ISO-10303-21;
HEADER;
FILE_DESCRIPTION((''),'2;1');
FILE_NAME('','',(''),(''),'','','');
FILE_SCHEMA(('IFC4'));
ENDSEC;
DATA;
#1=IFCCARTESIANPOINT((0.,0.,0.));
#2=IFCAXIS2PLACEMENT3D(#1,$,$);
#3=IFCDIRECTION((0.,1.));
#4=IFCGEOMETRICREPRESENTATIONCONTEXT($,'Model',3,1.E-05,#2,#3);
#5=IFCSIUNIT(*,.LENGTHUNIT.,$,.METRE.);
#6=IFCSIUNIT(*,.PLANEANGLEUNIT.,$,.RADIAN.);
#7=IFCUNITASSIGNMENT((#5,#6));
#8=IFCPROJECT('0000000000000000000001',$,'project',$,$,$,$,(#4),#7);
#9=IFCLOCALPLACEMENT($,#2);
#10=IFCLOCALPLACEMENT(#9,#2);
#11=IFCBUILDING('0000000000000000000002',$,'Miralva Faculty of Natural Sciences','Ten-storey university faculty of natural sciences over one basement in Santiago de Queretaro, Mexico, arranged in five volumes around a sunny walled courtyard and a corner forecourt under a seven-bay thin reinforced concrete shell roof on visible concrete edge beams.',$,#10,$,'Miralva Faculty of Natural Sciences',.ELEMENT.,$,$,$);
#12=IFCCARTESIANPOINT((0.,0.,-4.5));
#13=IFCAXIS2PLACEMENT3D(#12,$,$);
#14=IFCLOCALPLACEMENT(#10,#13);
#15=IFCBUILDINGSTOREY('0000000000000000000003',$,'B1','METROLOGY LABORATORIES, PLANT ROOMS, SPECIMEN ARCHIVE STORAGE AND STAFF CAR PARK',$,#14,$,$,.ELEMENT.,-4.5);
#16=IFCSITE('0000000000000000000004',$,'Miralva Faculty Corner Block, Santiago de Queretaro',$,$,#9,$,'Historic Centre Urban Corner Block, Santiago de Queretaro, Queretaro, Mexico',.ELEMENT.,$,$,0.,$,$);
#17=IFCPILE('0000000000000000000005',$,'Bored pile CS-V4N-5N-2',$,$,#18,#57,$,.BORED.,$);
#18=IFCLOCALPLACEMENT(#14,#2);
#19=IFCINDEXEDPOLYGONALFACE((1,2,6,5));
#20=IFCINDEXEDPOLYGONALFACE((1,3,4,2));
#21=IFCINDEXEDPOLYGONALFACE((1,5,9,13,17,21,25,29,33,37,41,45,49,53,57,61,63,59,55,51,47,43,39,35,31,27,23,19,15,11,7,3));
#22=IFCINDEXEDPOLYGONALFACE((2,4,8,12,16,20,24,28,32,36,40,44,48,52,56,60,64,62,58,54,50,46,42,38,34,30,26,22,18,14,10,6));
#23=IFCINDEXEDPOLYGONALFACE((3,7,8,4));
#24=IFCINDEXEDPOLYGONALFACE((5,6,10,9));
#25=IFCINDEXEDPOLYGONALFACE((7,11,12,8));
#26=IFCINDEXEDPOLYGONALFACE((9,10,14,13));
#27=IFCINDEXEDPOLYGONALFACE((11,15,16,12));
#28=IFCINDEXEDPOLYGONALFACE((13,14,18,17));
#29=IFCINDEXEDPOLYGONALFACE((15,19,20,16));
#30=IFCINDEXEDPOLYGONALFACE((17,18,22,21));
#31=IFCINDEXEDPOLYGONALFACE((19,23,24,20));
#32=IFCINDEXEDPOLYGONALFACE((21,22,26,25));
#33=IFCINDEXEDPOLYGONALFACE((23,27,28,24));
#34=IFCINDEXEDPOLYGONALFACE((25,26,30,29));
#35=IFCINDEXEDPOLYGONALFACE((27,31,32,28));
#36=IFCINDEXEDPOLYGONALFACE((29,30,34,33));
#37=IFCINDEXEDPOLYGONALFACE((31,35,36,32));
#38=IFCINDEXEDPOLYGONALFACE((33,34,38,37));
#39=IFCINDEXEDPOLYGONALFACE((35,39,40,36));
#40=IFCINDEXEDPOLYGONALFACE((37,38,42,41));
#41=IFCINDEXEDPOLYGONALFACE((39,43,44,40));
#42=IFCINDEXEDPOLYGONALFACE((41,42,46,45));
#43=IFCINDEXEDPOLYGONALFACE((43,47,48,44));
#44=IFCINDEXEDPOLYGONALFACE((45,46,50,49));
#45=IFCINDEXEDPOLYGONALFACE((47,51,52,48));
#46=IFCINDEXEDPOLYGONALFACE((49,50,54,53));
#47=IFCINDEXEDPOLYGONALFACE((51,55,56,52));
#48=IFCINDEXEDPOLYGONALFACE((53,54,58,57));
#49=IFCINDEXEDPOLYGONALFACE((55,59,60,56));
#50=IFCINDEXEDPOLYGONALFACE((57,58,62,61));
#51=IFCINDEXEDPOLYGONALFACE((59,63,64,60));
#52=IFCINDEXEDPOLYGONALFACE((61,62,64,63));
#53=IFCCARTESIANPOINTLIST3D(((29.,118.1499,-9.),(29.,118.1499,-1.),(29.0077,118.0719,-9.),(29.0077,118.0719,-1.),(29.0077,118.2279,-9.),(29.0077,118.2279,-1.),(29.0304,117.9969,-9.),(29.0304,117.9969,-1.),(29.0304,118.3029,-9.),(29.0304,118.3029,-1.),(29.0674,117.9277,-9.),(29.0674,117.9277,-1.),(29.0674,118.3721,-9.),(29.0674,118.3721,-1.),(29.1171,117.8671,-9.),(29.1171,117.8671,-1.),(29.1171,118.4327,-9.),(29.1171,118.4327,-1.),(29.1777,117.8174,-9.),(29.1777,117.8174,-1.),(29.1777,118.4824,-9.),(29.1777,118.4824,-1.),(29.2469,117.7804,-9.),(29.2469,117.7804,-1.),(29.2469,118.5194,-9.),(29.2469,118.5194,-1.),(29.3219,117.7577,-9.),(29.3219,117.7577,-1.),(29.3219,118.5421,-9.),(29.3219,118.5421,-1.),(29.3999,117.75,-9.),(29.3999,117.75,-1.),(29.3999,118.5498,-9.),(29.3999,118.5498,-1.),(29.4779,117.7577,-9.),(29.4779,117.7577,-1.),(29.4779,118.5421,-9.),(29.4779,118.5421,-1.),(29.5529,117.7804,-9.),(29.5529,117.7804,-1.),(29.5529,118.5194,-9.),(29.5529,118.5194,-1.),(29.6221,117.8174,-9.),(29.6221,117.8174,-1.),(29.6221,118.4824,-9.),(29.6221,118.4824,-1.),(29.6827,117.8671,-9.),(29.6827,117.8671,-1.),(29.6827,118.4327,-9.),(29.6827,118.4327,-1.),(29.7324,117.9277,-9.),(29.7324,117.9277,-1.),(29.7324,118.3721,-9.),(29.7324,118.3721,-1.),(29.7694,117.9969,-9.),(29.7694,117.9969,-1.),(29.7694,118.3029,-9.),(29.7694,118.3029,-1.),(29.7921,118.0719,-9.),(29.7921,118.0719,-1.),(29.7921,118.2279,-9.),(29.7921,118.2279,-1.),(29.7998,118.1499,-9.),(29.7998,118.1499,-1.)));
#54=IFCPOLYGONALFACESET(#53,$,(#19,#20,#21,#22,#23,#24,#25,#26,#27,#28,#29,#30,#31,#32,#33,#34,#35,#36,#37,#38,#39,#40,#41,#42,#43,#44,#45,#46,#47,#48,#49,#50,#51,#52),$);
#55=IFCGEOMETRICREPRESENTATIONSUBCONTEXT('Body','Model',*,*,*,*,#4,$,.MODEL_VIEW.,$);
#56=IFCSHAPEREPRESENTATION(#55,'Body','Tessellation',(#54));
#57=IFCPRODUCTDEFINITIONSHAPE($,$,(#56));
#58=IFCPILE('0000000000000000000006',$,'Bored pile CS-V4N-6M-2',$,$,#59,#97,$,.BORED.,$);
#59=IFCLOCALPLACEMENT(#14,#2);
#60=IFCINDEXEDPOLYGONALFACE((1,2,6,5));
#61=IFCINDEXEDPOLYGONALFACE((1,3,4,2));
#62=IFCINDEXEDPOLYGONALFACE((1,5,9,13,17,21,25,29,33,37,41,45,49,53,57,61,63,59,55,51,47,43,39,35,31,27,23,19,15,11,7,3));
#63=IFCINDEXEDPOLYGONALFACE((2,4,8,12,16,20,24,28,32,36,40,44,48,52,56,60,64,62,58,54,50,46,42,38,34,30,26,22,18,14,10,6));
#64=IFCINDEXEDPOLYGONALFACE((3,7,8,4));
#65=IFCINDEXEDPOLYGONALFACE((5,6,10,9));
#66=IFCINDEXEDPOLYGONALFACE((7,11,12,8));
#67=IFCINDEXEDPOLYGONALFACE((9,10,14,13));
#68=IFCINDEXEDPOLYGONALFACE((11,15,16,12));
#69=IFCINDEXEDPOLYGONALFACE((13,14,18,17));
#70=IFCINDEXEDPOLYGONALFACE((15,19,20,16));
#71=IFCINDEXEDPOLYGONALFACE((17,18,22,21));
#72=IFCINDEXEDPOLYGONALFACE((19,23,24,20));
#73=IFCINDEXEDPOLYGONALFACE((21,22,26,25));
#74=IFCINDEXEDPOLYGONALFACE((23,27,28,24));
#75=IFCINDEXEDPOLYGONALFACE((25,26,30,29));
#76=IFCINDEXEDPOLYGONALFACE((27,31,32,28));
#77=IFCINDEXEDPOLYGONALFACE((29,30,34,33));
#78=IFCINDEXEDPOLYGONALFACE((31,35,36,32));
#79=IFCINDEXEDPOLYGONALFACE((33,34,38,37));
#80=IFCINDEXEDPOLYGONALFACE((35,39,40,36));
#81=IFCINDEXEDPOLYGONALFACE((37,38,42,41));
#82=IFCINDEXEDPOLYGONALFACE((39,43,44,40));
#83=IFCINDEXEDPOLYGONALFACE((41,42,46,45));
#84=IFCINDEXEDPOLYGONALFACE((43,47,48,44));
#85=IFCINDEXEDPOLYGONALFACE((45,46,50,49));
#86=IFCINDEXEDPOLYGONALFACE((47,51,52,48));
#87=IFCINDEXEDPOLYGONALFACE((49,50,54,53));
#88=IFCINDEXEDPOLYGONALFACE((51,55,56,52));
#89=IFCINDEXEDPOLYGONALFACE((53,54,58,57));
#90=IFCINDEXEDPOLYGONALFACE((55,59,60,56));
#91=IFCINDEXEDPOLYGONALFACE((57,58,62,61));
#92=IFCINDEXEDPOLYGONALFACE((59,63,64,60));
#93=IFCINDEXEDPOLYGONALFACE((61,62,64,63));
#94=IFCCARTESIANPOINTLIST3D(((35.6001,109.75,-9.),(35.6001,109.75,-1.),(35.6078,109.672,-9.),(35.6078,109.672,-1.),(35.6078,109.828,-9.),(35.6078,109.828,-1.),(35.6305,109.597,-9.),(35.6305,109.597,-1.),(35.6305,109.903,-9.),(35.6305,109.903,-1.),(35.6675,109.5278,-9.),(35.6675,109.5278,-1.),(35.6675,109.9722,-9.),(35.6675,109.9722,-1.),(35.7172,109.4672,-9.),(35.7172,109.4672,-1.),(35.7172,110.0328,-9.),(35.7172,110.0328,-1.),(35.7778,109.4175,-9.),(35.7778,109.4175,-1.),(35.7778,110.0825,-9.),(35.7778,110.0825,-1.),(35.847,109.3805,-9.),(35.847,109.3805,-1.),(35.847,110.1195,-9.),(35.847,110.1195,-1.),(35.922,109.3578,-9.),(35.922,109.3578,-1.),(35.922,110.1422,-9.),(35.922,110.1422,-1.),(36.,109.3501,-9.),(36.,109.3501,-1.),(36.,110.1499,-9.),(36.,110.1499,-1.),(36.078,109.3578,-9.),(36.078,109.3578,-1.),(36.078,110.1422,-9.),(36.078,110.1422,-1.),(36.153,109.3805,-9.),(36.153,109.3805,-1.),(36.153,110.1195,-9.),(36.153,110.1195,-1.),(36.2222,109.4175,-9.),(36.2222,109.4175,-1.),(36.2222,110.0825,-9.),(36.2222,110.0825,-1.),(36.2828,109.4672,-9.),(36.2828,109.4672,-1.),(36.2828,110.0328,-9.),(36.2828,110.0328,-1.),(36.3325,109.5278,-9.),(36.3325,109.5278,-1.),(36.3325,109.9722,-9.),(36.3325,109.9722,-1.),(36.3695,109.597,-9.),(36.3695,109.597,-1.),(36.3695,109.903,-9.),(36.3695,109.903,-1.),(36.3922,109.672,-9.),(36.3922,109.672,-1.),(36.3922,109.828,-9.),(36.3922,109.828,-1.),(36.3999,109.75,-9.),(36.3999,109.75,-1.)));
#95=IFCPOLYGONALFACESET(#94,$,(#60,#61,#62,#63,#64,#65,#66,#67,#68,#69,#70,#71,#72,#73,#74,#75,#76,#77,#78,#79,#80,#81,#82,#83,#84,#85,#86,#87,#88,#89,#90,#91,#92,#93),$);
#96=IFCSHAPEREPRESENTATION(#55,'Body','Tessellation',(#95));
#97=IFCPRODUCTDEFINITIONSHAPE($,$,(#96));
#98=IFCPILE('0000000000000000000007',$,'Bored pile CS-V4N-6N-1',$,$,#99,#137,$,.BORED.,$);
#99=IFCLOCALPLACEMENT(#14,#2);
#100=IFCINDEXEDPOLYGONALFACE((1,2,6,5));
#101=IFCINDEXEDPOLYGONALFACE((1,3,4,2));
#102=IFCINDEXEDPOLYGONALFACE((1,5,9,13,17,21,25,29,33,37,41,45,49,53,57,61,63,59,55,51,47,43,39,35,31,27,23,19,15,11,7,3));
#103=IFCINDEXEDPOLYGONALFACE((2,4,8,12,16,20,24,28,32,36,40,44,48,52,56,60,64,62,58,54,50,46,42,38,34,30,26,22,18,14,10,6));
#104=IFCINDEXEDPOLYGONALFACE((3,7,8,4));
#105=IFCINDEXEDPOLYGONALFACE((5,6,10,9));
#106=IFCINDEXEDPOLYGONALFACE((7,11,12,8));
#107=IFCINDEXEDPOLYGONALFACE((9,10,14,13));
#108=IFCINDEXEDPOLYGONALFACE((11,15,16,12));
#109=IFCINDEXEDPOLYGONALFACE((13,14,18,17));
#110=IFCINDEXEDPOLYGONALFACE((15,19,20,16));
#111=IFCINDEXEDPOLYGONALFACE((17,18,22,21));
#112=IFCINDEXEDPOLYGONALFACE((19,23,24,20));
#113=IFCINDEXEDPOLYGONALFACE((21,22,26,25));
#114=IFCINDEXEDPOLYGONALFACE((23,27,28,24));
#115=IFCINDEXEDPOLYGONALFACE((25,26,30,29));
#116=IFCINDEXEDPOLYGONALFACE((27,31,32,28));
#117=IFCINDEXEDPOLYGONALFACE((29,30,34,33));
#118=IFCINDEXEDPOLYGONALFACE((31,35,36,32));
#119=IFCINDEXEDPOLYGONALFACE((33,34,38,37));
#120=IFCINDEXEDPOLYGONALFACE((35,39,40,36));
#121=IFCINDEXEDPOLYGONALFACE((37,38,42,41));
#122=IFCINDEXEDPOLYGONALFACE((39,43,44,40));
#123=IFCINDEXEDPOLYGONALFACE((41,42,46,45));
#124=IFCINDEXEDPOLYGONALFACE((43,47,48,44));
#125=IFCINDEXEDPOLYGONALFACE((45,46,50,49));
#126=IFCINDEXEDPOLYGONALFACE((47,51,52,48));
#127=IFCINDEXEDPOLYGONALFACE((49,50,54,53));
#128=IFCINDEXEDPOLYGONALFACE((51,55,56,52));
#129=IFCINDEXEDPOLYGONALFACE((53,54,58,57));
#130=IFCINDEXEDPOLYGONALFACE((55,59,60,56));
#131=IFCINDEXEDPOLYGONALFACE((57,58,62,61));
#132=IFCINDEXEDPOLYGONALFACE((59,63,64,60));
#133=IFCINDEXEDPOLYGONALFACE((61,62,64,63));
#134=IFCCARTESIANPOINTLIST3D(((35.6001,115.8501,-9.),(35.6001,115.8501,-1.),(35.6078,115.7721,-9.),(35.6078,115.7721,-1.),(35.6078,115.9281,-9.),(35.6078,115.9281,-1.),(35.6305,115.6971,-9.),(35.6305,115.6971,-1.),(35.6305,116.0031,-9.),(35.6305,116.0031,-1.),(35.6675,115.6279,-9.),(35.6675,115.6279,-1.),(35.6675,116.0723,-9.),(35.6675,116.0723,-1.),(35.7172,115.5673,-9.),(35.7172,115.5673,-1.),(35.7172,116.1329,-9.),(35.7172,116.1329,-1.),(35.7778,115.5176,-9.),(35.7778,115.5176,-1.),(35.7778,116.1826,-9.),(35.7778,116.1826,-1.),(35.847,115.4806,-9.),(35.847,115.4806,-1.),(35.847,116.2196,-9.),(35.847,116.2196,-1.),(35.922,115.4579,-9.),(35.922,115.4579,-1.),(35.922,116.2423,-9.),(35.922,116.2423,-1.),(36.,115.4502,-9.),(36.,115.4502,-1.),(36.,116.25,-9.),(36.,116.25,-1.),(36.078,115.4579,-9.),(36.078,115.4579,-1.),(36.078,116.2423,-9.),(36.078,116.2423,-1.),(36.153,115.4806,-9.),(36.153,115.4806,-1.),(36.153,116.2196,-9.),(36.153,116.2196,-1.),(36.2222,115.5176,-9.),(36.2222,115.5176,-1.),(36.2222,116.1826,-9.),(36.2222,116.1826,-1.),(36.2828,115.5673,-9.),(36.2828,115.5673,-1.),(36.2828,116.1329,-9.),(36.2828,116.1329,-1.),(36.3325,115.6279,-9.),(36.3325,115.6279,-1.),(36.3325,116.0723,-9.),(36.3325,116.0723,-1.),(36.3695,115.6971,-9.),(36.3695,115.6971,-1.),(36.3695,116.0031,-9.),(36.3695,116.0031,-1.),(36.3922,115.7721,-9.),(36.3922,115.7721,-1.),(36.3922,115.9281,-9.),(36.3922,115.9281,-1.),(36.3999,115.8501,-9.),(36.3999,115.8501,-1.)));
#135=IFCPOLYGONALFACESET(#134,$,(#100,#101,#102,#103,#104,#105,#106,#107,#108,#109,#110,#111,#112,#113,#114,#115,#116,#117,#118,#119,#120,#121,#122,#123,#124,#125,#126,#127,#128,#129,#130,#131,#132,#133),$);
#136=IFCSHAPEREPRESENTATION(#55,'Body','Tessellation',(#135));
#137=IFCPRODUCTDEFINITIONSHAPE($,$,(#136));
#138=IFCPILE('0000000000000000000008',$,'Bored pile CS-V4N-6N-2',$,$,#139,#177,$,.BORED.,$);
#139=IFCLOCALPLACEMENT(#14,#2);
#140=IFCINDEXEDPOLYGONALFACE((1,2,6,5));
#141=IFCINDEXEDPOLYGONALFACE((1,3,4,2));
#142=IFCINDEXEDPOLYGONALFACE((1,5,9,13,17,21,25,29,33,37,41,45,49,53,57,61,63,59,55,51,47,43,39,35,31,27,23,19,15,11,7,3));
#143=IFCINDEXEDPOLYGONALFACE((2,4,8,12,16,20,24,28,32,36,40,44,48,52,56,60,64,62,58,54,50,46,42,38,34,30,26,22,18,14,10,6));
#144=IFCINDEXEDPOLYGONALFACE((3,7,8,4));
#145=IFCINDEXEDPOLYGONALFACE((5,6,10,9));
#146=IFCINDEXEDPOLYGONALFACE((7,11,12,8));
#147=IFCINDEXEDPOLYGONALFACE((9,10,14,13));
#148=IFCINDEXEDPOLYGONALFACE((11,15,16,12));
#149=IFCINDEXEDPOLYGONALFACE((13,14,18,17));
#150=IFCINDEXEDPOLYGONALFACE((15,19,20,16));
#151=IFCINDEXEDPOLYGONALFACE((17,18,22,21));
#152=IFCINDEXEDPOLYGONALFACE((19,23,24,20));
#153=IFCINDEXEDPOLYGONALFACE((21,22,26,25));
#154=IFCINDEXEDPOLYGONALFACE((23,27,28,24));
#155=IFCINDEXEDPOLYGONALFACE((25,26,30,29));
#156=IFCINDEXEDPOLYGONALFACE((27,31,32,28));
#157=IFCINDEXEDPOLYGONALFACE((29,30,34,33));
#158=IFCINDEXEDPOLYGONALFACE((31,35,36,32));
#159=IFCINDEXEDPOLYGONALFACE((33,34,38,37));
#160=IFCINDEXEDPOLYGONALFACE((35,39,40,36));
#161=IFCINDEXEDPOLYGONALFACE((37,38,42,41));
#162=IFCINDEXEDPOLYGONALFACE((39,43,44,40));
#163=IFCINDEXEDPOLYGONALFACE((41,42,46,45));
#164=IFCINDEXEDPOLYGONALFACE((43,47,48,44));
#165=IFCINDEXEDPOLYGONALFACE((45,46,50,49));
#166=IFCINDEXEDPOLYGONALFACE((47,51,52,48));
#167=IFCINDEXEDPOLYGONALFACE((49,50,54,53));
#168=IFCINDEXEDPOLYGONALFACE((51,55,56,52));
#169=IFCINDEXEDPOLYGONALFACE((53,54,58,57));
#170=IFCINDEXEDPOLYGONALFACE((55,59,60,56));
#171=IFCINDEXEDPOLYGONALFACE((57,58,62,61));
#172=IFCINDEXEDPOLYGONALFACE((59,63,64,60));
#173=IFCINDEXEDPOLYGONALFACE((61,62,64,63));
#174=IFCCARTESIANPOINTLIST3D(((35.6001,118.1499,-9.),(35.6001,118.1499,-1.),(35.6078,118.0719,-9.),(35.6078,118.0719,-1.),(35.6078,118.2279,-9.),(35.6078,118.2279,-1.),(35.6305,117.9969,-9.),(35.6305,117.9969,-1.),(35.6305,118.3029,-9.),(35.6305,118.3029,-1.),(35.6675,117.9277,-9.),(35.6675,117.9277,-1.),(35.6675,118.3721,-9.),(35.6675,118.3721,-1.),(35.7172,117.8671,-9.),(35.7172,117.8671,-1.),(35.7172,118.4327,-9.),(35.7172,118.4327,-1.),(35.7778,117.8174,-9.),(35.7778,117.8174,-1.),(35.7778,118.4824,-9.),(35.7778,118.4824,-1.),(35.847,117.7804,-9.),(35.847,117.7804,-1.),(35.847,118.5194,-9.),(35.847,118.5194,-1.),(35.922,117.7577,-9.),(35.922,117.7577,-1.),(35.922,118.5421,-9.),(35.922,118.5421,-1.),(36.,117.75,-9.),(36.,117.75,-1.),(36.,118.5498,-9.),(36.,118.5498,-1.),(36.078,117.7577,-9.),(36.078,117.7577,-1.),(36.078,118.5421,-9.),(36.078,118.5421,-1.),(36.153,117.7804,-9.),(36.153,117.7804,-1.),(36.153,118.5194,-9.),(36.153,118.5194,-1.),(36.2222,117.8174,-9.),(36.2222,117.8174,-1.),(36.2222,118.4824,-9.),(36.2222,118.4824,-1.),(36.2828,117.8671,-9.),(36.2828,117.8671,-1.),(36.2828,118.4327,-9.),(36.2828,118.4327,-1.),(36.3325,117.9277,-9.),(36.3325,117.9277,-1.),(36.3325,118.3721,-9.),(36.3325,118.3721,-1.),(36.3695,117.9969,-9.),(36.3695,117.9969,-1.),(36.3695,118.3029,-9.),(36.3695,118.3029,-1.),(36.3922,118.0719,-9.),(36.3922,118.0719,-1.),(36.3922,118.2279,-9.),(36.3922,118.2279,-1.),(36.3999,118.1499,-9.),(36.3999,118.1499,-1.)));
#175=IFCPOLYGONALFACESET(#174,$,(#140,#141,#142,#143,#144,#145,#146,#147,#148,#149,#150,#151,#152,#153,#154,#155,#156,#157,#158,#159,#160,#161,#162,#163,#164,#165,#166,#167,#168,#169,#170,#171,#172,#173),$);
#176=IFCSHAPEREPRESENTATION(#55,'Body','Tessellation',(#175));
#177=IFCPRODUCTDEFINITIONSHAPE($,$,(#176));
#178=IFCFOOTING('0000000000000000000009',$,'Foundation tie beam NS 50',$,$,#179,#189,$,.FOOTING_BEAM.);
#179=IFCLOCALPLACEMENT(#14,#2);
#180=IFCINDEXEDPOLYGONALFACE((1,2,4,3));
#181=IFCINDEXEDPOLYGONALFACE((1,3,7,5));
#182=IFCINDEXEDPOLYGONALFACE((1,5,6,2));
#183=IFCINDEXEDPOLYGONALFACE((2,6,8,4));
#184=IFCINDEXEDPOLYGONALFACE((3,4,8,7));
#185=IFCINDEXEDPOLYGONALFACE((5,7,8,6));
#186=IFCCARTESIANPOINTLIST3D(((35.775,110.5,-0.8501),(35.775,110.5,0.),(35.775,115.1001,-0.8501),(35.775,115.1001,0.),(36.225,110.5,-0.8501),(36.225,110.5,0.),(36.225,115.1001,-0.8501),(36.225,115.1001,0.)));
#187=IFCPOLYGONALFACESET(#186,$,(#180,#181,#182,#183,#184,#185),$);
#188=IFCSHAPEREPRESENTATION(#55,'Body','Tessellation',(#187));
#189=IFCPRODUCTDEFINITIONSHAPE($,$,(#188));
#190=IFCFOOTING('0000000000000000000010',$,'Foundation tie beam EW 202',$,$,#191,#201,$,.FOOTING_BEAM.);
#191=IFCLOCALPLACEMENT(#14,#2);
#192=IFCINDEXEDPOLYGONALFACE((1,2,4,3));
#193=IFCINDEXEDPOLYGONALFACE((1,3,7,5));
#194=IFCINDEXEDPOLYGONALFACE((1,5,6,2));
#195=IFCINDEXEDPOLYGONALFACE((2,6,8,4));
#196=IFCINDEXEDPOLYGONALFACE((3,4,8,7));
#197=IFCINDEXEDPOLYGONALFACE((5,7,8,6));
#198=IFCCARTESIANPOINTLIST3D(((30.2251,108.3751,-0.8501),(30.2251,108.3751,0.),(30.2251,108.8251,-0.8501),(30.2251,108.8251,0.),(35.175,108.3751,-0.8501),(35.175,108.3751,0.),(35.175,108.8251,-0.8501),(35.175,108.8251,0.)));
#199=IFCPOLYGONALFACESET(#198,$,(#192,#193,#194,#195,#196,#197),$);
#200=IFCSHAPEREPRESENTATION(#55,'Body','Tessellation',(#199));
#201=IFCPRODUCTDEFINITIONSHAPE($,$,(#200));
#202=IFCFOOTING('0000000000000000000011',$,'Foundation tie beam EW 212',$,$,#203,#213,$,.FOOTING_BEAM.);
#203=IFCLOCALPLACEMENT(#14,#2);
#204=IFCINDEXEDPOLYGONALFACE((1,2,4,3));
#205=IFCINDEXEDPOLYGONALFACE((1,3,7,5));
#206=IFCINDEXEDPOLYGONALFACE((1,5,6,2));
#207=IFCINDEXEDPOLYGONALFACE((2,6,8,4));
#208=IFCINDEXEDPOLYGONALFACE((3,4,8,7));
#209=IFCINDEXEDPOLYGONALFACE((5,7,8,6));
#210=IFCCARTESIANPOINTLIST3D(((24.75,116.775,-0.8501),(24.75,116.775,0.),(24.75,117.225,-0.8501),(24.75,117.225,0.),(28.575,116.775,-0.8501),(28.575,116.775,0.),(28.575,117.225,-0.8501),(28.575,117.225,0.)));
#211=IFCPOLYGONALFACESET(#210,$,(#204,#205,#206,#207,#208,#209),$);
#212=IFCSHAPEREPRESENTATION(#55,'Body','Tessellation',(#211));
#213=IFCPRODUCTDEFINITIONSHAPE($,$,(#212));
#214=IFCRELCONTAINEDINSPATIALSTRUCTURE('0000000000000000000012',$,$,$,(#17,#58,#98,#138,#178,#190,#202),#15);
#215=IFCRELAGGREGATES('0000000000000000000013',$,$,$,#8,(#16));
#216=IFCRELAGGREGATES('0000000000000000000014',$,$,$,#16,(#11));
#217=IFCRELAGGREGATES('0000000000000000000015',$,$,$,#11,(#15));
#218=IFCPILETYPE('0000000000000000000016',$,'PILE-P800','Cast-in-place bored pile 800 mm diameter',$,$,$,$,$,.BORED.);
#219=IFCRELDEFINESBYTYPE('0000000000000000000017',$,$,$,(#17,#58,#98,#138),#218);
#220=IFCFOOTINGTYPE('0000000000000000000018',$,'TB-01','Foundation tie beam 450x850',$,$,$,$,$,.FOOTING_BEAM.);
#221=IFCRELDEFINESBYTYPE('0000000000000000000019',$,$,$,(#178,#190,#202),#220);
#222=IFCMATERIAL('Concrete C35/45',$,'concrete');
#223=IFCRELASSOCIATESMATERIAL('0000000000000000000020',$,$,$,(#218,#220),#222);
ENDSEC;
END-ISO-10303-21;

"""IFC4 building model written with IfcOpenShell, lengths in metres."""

from ifc_helpers import new_model, si_unit, direction, frame, origin, origin_2d, place, context, subcontext, project, spatial, rectangle, circle, extrude, material, material_profile, profile_set, type_object, element, save


model = new_model("IFC4")

# Units and contexts
model_context = context("Model", 3, precision=1e-05, world=origin(), true_north=direction((0.0, 1.0)))
body_context = subcontext(model_context, "Body", "Model", "MODEL_VIEW")
ifc_project = project(units=[si_unit("LENGTHUNIT", "METRE"), si_unit("PLANEANGLEUNIT", "RADIAN")], contexts=[model_context])

# Site, building, storey
site_placement = place(None, origin())
site = spatial("IfcSite", under=ifc_project, at=site_placement, Name="Miralva Faculty Corner Block, Santiago de Queretaro", LongName="Historic Centre Urban Corner Block, Santiago de Queretaro, Queretaro, Mexico", CompositionType="ELEMENT", RefElevation=0.0)
building_placement = place(site_placement, origin())
building = spatial("IfcBuilding", under=site, at=building_placement, Name="Miralva Faculty of Natural Sciences", Description="Ten-storey university faculty of natural sciences over one basement in Santiago de Queretaro, Mexico, arranged in five volumes around a sunny walled courtyard and a corner forecourt under a seven-bay thin reinforced concrete shell roof on visible concrete edge beams.", LongName="Miralva Faculty of Natural Sciences", CompositionType="ELEMENT")
storey_placement = place(building_placement, frame((0.0, 0.0, -4.5)))
storey = spatial("IfcBuildingStorey", under=building, at=storey_placement, Name="B1", Description="METROLOGY LABORATORIES, PLANT ROOMS, SPECIMEN ARCHIVE STORAGE AND STAFF CAR PARK", CompositionType="ELEMENT", Elevation=-4.5)

# Shared definitions
ifc_material_1 = material(Name="Concrete C35/45", Category="concrete")

# Piles
ifc_material_profile_1 = material_profile(ifc_material_1, circle(Radius=0.3999, at=origin_2d()), Name="BORED PILE 800")
ifc_profile_set_1 = profile_set([ifc_material_profile_1], Name="Concrete C35/45")
pile_type = type_object("IfcPileType", Name="PILE-P800", Description="Cast-in-place bored pile 800 mm diameter", PredefinedType="BORED", material=ifc_profile_set_1)
for number, where, z_axis, x_axis, name in (
    (1, (29.3999, 118.1499, -1.0), (0.0, 0.0, -1.0), (1.0, 0.0, 0.0), "Bored pile CS-V4N-5N-2"),
    (2, (36.0, 109.75, -1.0), (0.0, 0.0, -1.0), (1.0, 0.0, 0.0), "Bored pile CS-V4N-6M-2"),
    (3, (36.0, 115.8501, -1.0), (0.0, 0.0, -1.0), (1.0, 0.0, 0.0), "Bored pile CS-V4N-6N-1"),
    (4, (36.0, 118.1499, -1.0), (0.0, 0.0, -1.0), (1.0, 0.0, 0.0), "Bored pile CS-V4N-6N-2"),
):
    element("IfcPile", number, at=place(storey_placement, frame(where, z_axis=z_axis, x_axis=x_axis)), inside=storey, type_object=pile_type, Name=name, PredefinedType="BORED", context=body_context, shape_type="SweptSolid", body=[
        extrude(circle(Radius=0.3999, at=origin_2d()), origin(), (0.0, 0.0, 1.0), 8.0),
    ])

# Footings
ifc_material_profile_2 = material_profile(ifc_material_1, rectangle(XDim=0.45, YDim=0.8501, at=origin_2d()), Name="RC 450x850")
ifc_profile_set_2 = profile_set([ifc_material_profile_2], Name="Concrete C35/45")
footing_type_1 = type_object("IfcFootingType", Name="TB-01", Description="Foundation tie beam 450x850", PredefinedType="FOOTING_BEAM", material=ifc_profile_set_2)
footing_1_placement = place(storey_placement, frame((36.0, 110.5, -0.425), z_axis=(0.0, 1.0, 0.0), x_axis=(-1.0, 0.0, 0.0)))
element("IfcFooting", 5, at=footing_1_placement, inside=storey, type_object=footing_type_1, Name="Foundation tie beam NS 50", PredefinedType="FOOTING_BEAM", context=body_context, shape_type="SweptSolid", body=[
    extrude(rectangle(XDim=0.45, YDim=0.8501, at=origin_2d()), origin(), (0.0, 0.0, 1.0), 4.6001),
])
footing_2_placement = place(storey_placement, frame((30.2251, 108.6001, -0.425), z_axis=(1.0, 0.0, 0.0), x_axis=(0.0, 1.0, 0.0)))
element("IfcFooting", 6, at=footing_2_placement, inside=storey, type_object=footing_type_1, Name="Foundation tie beam EW 202", PredefinedType="FOOTING_BEAM", context=body_context, shape_type="SweptSolid", body=[
    extrude(rectangle(XDim=0.45, YDim=0.8501, at=origin_2d()), origin(), (0.0, 0.0, 1.0), 4.95),
])
footing_3_placement = place(storey_placement, frame((24.75, 117.0, -0.425), z_axis=(1.0, 0.0, 0.0), x_axis=(0.0, 1.0, 0.0)))
element("IfcFooting", 7, at=footing_3_placement, inside=storey, type_object=footing_type_1, Name="Foundation tie beam EW 212", PredefinedType="FOOTING_BEAM", context=body_context, shape_type="SweptSolid", body=[
    extrude(rectangle(XDim=0.45, YDim=0.8501, at=origin_2d()), origin(), (0.0, 0.0, 1.0), 3.825),
])

save(model, "model.ifc")
